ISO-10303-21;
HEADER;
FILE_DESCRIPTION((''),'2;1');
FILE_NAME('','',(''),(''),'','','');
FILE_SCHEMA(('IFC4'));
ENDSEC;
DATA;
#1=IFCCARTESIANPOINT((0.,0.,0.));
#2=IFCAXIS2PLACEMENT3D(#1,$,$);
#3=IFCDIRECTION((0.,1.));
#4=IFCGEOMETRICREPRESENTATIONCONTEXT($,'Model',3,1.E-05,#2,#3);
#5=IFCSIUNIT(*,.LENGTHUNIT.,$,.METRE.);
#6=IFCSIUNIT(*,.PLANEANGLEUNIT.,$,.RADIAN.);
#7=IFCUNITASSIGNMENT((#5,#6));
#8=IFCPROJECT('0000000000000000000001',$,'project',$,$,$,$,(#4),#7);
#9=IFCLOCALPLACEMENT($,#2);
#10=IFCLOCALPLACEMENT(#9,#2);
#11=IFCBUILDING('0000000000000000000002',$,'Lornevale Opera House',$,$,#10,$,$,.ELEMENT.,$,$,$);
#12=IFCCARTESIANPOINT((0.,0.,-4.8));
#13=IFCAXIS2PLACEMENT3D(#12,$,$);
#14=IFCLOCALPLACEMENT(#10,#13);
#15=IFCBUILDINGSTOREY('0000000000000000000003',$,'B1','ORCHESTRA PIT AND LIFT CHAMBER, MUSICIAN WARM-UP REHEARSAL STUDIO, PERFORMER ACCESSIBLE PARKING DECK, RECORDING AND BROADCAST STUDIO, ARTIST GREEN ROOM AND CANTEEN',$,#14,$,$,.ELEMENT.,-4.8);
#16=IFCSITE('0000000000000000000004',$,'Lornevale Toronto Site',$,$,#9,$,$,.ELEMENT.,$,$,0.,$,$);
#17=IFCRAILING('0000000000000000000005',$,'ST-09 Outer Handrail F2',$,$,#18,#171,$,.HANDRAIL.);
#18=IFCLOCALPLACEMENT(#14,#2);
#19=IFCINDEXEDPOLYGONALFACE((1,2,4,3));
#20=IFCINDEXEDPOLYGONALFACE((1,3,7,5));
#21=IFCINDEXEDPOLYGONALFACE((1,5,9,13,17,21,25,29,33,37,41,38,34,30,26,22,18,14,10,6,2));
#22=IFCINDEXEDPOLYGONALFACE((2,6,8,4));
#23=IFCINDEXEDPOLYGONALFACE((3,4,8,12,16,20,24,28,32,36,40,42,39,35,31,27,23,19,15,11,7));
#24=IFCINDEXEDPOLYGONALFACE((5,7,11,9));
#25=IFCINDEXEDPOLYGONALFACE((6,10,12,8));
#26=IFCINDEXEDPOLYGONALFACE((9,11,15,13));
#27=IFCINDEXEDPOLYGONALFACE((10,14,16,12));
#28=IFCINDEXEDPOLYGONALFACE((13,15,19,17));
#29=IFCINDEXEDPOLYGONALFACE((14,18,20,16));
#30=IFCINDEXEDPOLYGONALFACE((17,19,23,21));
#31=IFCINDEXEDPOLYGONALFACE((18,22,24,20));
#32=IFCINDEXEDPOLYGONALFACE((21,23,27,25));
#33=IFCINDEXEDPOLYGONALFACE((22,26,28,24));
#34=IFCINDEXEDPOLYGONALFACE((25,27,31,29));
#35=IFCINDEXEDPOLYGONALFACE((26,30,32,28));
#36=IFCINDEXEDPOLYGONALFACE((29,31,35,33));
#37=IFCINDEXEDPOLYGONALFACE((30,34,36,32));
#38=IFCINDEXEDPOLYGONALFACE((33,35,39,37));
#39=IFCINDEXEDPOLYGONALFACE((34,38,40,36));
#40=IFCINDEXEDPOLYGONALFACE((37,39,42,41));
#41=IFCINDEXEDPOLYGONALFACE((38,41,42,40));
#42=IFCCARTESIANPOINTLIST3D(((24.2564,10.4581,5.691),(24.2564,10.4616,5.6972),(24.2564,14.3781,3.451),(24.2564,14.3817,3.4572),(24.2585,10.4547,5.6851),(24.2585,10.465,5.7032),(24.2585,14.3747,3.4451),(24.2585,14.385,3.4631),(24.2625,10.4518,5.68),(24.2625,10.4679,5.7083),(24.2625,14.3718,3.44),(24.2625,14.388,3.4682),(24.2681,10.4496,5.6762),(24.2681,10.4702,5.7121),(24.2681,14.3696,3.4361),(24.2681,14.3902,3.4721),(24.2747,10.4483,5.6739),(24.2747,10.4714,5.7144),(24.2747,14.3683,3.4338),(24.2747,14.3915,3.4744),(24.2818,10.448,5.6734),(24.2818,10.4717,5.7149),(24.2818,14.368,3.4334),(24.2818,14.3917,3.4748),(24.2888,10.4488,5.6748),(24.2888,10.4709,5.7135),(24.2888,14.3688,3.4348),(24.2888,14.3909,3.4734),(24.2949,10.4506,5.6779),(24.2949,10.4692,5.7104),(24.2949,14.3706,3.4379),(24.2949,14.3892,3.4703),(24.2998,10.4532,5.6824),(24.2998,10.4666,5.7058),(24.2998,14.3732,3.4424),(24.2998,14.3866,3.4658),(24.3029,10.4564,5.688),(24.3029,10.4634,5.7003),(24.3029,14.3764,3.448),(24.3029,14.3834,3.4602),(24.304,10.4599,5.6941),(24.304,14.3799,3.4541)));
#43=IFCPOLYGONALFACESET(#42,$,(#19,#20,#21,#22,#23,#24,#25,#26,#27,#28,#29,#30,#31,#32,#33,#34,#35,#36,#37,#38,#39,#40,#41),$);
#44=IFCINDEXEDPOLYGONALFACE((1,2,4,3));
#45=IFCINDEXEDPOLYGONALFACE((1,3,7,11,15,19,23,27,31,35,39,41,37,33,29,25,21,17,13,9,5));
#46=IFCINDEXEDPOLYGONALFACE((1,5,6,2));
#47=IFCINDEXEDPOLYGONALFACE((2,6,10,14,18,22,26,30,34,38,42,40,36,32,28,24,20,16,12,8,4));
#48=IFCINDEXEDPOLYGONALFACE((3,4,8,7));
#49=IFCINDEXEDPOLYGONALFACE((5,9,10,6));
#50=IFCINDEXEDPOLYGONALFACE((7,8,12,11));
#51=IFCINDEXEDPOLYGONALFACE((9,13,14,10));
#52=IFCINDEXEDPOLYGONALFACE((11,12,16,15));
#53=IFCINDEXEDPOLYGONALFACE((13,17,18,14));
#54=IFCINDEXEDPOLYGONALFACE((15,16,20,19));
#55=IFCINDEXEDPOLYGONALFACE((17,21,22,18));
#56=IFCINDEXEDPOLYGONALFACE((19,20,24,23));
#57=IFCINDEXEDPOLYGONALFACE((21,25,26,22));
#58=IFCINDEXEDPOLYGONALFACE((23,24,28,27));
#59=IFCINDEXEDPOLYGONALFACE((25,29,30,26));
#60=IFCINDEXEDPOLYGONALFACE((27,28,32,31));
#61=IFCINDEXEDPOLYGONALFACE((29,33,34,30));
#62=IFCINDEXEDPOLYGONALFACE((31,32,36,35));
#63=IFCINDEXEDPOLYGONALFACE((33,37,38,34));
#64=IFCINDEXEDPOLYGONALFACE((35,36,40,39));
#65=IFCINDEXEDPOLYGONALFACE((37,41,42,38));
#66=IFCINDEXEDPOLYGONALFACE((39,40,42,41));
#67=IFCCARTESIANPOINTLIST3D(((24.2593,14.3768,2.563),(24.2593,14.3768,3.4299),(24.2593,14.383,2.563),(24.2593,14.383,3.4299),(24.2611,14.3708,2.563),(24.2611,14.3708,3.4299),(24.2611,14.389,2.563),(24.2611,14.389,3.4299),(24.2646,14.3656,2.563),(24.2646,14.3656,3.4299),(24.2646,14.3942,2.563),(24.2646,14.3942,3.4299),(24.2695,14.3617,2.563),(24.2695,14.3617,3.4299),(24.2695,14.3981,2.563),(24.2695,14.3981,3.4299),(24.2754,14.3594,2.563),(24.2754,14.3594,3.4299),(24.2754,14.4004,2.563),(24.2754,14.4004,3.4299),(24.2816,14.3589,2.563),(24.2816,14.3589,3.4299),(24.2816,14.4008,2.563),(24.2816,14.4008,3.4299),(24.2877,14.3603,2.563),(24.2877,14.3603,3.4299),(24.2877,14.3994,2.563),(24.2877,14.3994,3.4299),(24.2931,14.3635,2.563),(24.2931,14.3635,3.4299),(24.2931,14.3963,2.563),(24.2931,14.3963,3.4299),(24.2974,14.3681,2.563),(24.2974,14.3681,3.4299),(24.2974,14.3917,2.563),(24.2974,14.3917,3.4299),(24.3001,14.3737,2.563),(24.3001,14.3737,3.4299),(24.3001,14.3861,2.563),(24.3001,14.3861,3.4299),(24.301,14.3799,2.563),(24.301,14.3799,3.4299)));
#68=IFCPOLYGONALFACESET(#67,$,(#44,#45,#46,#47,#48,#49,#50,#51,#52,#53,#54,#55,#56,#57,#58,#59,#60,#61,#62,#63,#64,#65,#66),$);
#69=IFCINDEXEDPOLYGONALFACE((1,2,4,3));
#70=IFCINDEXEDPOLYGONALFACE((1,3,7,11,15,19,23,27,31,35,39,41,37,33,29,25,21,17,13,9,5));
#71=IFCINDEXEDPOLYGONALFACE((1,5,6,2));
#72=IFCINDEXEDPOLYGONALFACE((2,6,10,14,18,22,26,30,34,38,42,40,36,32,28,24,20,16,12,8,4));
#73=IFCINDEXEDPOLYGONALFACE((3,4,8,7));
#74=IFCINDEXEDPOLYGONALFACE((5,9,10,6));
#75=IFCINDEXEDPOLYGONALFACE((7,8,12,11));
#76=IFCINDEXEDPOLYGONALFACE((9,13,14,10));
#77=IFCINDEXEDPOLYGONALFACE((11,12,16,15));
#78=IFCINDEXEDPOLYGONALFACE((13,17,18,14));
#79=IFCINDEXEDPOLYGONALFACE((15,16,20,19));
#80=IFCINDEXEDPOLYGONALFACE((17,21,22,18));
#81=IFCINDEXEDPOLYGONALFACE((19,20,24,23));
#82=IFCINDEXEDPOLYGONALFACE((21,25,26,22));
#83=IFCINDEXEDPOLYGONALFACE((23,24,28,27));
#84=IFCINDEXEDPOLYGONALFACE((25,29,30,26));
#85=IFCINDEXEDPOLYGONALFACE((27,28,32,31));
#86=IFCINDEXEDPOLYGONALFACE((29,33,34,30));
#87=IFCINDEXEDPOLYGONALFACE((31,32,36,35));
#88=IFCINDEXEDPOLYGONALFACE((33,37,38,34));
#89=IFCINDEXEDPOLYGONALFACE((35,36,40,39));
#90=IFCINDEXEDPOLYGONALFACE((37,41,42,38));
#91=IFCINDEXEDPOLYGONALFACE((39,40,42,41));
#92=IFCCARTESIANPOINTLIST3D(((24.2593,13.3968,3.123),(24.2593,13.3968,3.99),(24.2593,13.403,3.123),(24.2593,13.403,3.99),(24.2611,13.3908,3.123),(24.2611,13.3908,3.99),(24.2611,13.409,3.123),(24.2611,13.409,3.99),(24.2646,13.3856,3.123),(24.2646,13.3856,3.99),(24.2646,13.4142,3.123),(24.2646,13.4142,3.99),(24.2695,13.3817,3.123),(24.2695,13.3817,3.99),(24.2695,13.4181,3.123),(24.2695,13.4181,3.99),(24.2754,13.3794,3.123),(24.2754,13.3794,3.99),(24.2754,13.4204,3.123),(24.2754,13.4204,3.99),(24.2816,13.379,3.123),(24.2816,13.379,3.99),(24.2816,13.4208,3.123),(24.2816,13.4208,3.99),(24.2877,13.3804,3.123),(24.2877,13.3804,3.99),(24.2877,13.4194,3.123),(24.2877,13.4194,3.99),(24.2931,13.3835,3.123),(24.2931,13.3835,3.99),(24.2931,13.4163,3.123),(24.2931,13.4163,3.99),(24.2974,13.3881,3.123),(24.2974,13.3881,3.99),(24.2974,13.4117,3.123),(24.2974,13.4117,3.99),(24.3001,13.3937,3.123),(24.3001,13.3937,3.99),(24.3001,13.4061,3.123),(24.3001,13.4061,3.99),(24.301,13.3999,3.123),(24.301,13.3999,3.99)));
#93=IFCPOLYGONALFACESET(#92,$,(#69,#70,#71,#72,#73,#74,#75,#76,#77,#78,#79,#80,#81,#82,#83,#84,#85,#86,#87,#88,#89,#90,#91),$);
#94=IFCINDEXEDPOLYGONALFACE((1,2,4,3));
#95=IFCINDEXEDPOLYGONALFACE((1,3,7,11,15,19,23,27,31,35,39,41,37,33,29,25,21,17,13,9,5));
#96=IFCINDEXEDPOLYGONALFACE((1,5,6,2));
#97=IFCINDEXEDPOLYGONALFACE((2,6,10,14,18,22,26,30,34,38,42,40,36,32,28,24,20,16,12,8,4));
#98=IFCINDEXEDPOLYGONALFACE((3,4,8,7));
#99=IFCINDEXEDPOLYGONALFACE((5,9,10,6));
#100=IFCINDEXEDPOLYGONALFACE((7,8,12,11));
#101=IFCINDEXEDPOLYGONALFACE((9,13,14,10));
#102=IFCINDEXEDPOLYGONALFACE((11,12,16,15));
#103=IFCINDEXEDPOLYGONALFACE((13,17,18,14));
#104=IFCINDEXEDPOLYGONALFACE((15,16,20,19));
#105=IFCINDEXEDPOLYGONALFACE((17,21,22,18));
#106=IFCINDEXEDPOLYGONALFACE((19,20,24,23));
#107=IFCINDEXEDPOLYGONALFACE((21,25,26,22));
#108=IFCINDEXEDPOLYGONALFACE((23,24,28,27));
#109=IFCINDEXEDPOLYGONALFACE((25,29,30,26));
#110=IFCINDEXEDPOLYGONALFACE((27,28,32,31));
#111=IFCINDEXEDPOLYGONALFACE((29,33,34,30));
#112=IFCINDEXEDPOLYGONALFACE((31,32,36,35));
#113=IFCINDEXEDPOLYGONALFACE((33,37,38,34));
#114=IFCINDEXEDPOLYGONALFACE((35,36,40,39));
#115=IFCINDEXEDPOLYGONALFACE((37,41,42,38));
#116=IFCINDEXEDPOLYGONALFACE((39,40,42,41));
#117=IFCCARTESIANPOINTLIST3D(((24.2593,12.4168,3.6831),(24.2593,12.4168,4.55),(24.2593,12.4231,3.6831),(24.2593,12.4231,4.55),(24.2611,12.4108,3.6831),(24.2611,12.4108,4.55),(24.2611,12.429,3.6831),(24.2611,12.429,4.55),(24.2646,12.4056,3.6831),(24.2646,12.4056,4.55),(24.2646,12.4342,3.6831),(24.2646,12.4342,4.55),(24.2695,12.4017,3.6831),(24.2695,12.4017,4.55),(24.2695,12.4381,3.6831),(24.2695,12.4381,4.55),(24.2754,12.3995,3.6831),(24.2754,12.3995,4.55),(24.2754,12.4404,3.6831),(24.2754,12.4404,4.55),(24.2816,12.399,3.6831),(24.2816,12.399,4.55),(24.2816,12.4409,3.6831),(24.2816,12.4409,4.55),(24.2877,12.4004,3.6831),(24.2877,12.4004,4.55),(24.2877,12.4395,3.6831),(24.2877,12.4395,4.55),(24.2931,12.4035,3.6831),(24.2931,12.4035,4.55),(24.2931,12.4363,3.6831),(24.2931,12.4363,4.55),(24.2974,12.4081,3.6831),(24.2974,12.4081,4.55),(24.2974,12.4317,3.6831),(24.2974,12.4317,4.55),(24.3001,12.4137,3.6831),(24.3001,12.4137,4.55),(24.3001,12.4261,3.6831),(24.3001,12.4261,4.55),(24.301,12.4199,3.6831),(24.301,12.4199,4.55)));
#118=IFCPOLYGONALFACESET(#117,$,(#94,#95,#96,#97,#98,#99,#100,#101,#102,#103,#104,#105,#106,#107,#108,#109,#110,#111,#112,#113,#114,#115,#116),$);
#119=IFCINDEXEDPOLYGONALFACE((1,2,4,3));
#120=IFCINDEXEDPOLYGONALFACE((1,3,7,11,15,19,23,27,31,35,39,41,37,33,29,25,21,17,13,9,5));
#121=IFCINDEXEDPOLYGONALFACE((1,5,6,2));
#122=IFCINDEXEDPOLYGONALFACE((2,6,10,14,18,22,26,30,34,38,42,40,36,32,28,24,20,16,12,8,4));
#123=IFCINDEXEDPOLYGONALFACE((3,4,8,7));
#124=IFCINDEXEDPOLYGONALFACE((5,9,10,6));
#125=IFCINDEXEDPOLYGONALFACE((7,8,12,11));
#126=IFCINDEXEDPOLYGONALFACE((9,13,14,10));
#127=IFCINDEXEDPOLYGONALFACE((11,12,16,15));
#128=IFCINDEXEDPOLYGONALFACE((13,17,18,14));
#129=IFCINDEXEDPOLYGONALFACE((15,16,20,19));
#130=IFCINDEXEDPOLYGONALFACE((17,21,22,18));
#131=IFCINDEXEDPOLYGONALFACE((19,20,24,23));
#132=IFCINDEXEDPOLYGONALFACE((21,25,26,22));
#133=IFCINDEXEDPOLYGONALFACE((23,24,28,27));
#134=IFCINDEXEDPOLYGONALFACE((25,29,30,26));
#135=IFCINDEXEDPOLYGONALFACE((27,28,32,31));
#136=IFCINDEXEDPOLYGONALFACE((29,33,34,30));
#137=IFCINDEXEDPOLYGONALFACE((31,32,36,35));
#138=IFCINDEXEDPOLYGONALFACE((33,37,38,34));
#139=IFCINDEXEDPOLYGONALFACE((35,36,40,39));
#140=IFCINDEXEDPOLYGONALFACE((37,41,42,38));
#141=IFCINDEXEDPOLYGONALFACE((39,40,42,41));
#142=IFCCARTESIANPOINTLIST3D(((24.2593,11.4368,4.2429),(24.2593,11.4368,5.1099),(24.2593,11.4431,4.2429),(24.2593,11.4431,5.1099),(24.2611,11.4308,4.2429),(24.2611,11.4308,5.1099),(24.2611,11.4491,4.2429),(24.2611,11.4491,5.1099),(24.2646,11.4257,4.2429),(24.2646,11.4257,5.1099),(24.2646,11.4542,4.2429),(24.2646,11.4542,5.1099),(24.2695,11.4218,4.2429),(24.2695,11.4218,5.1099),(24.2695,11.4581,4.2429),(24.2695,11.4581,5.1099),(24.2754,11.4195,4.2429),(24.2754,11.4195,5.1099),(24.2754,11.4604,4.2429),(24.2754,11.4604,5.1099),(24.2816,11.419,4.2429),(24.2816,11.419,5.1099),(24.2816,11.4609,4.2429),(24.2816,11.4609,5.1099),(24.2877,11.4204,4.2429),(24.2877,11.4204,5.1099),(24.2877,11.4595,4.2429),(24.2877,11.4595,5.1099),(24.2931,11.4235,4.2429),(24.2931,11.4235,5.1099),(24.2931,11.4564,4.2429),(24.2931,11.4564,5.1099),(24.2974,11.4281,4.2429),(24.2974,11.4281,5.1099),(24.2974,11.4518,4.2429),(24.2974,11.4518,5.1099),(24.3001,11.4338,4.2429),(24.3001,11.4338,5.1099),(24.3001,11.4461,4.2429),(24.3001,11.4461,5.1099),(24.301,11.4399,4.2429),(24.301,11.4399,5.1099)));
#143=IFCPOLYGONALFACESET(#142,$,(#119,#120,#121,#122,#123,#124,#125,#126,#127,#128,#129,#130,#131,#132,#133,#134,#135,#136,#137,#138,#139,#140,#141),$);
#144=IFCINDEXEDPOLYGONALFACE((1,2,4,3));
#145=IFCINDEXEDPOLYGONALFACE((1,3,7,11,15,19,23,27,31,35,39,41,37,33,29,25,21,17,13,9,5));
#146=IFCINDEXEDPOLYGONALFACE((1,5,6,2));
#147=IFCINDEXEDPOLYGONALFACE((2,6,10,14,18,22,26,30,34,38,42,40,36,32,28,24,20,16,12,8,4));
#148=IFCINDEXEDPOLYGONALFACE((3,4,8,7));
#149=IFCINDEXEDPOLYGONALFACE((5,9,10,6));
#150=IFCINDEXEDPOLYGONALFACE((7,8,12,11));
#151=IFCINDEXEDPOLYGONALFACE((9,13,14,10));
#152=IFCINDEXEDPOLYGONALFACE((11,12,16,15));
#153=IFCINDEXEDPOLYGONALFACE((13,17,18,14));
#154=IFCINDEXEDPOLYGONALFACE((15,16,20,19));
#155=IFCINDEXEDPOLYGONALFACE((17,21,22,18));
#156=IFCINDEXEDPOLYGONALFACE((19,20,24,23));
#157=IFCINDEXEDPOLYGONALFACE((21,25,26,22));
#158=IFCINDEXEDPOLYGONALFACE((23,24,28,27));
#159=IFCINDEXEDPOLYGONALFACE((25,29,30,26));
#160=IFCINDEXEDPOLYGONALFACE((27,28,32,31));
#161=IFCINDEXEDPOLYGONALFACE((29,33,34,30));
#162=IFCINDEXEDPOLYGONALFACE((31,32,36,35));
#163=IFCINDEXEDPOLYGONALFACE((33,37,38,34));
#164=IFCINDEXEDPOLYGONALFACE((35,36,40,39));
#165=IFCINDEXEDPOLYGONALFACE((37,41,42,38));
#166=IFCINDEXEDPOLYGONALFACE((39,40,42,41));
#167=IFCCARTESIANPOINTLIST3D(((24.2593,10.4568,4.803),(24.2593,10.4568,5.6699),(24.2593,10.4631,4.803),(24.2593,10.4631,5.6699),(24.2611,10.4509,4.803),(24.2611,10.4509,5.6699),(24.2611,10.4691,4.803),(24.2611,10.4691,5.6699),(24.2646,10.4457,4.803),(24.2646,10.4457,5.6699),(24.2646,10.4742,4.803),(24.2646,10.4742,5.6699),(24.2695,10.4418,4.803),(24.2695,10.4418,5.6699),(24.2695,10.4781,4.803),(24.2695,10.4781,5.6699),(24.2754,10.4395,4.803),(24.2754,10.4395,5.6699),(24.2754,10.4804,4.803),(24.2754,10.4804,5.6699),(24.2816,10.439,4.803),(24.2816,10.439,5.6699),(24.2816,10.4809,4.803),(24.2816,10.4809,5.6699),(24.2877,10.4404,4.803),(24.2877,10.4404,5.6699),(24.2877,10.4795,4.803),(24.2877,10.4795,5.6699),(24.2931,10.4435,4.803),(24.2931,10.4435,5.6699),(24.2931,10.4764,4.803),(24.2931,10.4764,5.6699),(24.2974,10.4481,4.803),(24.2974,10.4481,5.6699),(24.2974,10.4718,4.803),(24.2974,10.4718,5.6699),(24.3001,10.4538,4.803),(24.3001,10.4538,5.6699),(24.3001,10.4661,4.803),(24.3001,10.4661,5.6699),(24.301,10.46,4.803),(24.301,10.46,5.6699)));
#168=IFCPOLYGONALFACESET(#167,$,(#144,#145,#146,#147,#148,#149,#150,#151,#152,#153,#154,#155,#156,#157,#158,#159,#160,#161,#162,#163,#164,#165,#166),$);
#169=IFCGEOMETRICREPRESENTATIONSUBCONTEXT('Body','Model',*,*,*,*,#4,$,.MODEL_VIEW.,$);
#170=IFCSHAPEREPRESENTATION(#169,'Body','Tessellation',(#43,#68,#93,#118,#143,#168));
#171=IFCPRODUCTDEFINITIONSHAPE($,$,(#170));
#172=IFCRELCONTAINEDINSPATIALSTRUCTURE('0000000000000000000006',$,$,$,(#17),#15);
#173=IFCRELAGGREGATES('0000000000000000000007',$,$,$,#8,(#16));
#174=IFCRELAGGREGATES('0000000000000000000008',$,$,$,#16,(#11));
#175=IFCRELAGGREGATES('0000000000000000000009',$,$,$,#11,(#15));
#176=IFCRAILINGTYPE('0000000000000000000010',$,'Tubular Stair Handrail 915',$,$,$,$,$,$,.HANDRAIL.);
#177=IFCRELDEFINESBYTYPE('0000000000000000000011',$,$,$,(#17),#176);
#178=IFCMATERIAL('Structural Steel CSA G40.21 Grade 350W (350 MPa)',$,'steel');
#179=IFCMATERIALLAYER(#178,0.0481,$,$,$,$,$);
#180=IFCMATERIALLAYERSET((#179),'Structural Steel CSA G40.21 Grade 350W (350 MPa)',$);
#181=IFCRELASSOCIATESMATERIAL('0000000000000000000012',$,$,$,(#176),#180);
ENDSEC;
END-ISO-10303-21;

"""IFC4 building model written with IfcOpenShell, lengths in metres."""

from ifc_helpers import new_model, si_unit, direction, frame, origin, origin_2d, place, context, subcontext, project, spatial, circle, extrude, material, layer, layer_set, type_object, element, save


model = new_model("IFC4")

# Units and contexts
model_context = context("Model", 3, precision=1e-05, world=origin(), true_north=direction((0.0, 1.0)))
body_context = subcontext(model_context, "Body", "Model", "MODEL_VIEW")
ifc_project = project(units=[si_unit("LENGTHUNIT", "METRE"), si_unit("PLANEANGLEUNIT", "RADIAN")], contexts=[model_context])

# Site, building, storey
site_placement = place(None, origin())
site = spatial("IfcSite", under=ifc_project, at=site_placement, Name="Lornevale Toronto Site", CompositionType="ELEMENT", RefElevation=0.0)
building_placement = place(site_placement, origin())
building = spatial("IfcBuilding", under=site, at=building_placement, Name="Lornevale Opera House", CompositionType="ELEMENT")
storey_placement = place(building_placement, frame((0.0, 0.0, -4.8)))
storey = spatial("IfcBuildingStorey", under=building, at=storey_placement, Name="B1", Description="ORCHESTRA PIT AND LIFT CHAMBER, MUSICIAN WARM-UP REHEARSAL STUDIO, PERFORMER ACCESSIBLE PARKING DECK, RECORDING AND BROADCAST STUDIO, ARTIST GREEN ROOM AND CANTEEN", CompositionType="ELEMENT", Elevation=-4.8)

# Railing
ifc_material_1 = material(Name="Structural Steel CSA G40.21 Grade 350W (350 MPa)", Category="steel")
ifc_layer_1 = layer(ifc_material_1, 0.0481)
ifc_layer_set_1 = layer_set([ifc_layer_1], Name="Structural Steel CSA G40.21 Grade 350W (350 MPa)")
railing_type_1 = type_object("IfcRailingType", Name="Tubular Stair Handrail 915", PredefinedType="HANDRAIL", material=ifc_layer_set_1)
railing_1_placement = place(storey_placement, frame((24.28, 14.3799, 2.563)))
element("IfcRailing", 1, at=railing_1_placement, inside=storey, type_object=railing_type_1, Name="ST-09 Outer Handrail F2", PredefinedType="HANDRAIL", context=body_context, shape_type="SweptSolid", body=[
    extrude(circle(Radius=0.0239, at=origin_2d()), frame((0.0, 0.0, 0.8911), z_axis=(0.0, -0.86824, 0.496145), x_axis=(1.0, 0.0, 0.0)), (0.0, 0.0, 1.0), 4.5149),
    extrude(circle(Radius=0.021, at=origin_2d()), origin(), (0.0, 0.0, 1.0), 0.8669),
    extrude(circle(Radius=0.021, at=origin_2d()), frame((0.0, -0.98, 0.5601)), (0.0, 0.0, 1.0), 0.8669),
    extrude(circle(Radius=0.021, at=origin_2d()), frame((0.0, -1.96, 1.1201)), (0.0, 0.0, 1.0), 0.8669),
    extrude(circle(Radius=0.021, at=origin_2d()), frame((0.0, -2.9399, 1.6799)), (0.0, 0.0, 1.0), 0.8669),
    extrude(circle(Radius=0.021, at=origin_2d()), frame((0.0, -3.9199, 2.24)), (0.0, 0.0, 1.0), 0.8669),
])

save(model, "model.ifc")
